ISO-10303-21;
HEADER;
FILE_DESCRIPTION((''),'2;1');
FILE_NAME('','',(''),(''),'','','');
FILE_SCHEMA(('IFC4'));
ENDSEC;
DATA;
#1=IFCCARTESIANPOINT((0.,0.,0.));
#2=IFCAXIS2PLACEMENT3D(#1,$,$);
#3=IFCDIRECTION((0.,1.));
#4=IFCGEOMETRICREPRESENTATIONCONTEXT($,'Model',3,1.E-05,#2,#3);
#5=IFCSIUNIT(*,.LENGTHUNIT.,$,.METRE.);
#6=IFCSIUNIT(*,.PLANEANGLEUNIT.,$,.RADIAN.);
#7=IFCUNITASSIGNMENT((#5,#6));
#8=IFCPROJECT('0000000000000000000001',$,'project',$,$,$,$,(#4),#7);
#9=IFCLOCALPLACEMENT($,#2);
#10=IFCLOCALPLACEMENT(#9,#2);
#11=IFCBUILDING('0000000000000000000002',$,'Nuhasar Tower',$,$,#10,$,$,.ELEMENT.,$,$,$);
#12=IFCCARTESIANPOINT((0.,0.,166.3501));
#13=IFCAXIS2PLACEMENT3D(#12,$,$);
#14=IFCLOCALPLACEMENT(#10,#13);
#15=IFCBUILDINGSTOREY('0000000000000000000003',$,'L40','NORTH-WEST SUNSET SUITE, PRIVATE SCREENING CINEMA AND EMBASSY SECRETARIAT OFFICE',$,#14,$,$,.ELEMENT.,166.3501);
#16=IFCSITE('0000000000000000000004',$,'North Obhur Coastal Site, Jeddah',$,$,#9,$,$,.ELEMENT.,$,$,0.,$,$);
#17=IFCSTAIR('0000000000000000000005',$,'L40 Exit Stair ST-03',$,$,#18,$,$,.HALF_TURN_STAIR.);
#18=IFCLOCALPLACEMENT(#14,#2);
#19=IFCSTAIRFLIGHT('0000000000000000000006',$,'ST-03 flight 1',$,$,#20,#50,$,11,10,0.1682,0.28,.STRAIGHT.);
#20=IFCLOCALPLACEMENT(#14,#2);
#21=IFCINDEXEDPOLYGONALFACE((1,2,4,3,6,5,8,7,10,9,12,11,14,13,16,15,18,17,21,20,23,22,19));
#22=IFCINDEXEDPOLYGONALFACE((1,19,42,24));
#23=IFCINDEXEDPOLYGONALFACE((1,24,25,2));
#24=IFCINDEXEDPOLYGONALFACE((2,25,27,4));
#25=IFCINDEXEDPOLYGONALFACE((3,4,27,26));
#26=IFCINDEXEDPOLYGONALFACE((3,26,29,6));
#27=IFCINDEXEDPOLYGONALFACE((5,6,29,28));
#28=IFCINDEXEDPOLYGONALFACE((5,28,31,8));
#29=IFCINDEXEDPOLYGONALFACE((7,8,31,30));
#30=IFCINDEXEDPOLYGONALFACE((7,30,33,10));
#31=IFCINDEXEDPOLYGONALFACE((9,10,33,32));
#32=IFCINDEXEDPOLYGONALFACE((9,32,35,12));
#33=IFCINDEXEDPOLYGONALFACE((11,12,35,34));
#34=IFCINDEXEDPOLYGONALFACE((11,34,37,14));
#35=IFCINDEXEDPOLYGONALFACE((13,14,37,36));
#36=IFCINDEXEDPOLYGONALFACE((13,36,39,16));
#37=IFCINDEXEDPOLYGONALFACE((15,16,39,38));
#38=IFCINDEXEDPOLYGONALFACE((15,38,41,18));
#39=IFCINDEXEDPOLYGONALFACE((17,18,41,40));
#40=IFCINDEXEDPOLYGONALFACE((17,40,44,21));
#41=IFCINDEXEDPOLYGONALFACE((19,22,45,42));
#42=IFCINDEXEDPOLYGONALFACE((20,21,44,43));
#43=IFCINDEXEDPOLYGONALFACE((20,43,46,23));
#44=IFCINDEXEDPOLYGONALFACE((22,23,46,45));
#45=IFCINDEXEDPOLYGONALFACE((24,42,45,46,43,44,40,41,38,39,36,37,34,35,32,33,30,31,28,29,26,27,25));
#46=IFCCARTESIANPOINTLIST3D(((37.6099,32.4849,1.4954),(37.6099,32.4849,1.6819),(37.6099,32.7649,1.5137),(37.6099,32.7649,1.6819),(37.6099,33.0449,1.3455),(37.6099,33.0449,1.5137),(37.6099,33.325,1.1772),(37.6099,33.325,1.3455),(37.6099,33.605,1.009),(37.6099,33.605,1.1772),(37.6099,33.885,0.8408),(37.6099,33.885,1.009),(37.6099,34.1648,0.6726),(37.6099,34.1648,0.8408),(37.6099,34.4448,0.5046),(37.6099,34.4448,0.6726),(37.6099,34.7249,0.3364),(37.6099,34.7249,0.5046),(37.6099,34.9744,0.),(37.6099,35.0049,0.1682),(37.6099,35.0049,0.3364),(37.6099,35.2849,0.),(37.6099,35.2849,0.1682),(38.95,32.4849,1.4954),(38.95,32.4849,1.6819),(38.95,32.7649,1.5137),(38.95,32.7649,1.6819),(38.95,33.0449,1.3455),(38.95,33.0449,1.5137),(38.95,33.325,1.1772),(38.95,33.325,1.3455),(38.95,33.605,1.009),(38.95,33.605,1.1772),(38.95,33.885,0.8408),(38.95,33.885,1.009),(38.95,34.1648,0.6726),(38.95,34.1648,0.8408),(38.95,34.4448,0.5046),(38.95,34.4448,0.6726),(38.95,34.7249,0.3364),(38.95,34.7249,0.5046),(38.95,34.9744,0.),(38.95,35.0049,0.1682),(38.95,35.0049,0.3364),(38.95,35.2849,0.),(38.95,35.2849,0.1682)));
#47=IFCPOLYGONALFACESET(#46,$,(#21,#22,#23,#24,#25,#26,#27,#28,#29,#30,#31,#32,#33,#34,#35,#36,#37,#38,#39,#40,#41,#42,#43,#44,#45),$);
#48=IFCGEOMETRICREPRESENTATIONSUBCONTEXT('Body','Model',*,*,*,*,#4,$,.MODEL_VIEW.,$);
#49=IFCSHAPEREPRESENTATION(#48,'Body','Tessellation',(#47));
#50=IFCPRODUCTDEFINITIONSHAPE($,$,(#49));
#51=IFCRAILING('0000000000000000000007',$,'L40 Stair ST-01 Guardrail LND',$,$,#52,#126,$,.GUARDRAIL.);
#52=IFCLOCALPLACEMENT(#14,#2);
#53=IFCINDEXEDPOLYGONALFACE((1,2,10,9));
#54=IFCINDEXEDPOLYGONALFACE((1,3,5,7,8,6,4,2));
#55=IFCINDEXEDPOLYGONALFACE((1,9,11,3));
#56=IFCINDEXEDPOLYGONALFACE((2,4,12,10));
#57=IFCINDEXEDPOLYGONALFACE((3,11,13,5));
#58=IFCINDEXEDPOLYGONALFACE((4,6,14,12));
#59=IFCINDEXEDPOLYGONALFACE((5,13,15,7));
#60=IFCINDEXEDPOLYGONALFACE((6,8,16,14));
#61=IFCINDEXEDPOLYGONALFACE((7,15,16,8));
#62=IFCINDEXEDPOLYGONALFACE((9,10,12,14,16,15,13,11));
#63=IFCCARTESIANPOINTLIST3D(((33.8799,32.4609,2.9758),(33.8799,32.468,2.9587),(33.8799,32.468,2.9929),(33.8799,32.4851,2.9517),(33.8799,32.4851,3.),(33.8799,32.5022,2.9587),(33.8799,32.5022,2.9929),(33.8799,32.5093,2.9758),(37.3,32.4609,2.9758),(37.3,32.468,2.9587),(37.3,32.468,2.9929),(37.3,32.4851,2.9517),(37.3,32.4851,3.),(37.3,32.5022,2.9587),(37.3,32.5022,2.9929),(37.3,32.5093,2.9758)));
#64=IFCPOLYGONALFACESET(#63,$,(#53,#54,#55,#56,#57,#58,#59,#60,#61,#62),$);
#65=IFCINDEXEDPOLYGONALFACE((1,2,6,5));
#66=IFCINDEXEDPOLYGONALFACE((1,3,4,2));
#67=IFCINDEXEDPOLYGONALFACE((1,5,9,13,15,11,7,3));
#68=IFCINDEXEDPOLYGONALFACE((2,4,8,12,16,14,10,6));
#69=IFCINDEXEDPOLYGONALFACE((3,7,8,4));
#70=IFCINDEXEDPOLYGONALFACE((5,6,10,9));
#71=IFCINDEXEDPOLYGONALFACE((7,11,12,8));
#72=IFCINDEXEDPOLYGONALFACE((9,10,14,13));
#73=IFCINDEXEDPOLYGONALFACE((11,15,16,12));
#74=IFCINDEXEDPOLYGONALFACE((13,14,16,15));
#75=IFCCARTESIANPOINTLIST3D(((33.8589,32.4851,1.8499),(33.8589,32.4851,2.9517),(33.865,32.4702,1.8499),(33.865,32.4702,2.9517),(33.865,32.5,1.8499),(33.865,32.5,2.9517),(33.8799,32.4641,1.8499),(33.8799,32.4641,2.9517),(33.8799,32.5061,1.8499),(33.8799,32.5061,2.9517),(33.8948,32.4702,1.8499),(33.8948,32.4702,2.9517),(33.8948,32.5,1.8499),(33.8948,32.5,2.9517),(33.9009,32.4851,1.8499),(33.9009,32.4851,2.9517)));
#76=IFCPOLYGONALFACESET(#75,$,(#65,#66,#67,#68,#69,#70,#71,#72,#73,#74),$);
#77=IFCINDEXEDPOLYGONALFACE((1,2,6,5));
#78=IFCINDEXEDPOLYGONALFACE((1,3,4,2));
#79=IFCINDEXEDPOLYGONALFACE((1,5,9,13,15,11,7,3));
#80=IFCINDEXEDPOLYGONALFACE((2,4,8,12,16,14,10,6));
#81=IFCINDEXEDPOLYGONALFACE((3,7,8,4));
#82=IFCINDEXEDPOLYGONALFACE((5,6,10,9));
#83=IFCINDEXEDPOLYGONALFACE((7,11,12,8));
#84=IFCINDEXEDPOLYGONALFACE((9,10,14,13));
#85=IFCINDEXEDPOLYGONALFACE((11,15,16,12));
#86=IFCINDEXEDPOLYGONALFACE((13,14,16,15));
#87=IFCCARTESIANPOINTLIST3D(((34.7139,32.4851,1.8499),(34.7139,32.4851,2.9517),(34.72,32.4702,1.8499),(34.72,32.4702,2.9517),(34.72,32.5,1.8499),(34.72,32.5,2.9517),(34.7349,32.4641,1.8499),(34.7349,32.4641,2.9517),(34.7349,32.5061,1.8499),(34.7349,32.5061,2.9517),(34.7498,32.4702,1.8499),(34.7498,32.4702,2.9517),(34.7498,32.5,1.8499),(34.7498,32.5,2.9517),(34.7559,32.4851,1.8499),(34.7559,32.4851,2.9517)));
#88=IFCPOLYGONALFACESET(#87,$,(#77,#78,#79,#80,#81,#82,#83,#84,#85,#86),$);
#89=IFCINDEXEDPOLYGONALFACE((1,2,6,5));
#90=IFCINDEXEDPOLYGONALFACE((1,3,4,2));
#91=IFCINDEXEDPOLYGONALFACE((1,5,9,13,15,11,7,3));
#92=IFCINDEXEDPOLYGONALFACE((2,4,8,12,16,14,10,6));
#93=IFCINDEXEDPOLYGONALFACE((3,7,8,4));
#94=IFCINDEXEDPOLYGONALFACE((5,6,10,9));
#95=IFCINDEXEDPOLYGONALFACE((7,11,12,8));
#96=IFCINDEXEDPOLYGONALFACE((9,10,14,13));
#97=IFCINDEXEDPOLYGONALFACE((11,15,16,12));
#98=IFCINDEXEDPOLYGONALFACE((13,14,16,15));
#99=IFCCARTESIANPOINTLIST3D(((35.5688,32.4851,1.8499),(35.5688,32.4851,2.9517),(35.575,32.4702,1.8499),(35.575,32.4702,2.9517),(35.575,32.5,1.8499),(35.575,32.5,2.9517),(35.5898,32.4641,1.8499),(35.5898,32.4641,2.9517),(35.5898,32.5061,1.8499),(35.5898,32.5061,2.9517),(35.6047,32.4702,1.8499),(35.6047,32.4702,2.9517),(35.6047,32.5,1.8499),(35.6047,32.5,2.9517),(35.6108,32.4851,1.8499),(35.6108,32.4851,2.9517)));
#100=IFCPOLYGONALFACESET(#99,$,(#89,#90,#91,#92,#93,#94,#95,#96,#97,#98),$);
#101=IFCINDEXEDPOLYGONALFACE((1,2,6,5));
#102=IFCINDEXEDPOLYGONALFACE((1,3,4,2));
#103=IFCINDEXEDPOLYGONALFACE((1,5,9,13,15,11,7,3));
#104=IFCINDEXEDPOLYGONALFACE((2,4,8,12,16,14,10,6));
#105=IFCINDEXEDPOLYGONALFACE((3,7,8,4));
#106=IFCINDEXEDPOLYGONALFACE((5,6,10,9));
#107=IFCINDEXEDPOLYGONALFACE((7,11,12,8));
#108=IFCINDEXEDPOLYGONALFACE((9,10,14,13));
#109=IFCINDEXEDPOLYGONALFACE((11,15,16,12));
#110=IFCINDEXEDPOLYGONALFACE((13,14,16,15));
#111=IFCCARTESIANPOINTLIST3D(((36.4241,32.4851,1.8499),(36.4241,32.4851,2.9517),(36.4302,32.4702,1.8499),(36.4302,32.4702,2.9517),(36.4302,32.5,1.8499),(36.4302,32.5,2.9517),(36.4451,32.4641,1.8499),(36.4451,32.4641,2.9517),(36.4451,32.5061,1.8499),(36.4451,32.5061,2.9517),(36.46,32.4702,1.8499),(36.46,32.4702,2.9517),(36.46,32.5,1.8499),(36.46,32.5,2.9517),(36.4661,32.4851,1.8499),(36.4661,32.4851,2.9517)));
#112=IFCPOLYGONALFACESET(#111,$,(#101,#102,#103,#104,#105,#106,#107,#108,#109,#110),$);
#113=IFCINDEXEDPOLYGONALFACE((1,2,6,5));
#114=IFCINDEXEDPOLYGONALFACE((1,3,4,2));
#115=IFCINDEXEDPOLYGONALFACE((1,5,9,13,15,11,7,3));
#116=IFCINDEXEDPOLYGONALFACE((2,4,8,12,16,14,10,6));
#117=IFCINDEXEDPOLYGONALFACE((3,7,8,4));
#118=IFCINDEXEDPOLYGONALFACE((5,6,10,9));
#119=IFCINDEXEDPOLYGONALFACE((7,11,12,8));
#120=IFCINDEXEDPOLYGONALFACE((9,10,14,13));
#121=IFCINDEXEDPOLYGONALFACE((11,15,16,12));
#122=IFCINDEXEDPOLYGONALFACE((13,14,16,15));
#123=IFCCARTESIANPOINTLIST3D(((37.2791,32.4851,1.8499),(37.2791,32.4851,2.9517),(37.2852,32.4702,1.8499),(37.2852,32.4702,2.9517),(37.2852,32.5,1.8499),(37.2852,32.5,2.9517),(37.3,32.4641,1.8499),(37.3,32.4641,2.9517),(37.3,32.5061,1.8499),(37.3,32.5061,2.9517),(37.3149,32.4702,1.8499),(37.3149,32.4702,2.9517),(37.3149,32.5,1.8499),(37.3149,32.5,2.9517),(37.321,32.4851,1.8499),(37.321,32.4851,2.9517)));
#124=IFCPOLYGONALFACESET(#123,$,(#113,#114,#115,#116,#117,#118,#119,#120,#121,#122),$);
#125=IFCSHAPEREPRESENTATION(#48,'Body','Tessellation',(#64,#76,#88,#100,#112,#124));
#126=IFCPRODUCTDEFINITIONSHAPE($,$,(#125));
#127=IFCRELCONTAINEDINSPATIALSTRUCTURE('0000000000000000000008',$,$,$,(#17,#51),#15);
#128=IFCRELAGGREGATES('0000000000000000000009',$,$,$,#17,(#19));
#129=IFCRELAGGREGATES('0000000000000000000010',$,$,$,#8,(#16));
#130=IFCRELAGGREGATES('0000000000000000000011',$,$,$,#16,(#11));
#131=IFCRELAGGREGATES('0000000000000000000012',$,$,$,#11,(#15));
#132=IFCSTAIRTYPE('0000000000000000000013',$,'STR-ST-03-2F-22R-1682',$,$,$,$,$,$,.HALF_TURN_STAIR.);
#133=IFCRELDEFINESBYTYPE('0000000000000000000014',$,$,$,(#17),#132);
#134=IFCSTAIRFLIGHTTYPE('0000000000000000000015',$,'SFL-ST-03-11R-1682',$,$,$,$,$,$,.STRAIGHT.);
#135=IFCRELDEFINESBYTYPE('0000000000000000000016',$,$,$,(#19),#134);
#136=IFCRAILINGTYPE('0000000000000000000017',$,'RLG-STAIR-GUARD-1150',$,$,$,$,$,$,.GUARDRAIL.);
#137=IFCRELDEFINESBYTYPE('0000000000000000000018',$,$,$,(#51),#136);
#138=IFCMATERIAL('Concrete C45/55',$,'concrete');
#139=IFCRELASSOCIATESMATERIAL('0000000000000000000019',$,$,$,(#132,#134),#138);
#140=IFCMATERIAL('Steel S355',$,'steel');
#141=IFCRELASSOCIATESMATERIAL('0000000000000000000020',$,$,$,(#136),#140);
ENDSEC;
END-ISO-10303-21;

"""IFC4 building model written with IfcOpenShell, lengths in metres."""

from ifc_helpers import new_model, si_unit, direction, frame, origin, place, context, subcontext, project, spatial, polyline, outline, extrude, material, type_object, element, aggregate, save


model = new_model("IFC4")

# Units and contexts
model_context = context("Model", 3, precision=1e-05, world=origin(), true_north=direction((0.0, 1.0)))
body_context = subcontext(model_context, "Body", "Model", "MODEL_VIEW")
ifc_project = project(units=[si_unit("LENGTHUNIT", "METRE"), si_unit("PLANEANGLEUNIT", "RADIAN")], contexts=[model_context])

# Site, building, storey
site_placement = place(None, origin())
site = spatial("IfcSite", under=ifc_project, at=site_placement, Name="North Obhur Coastal Site, Jeddah", CompositionType="ELEMENT", RefElevation=0.0)
building_placement = place(site_placement, origin())
building = spatial("IfcBuilding", under=site, at=building_placement, Name="Nuhasar Tower", CompositionType="ELEMENT")
storey_placement = place(building_placement, frame((0.0, 0.0, 166.3501)))
storey = spatial("IfcBuildingStorey", under=building, at=storey_placement, Name="L40", Description="NORTH-WEST SUNSET SUITE, PRIVATE SCREENING CINEMA AND EMBASSY SECRETARIAT OFFICE", CompositionType="ELEMENT", Elevation=166.3501)

# Shared definitions
ifc_material_1 = material(Name="Steel S355", Category="steel")

# Shared definitions
ifc_material_2 = material(Name="Concrete C45/55", Category="concrete")

# Stair, stair flight
stair_type_1 = type_object("IfcStairType", Name="STR-ST-03-2F-22R-1682", PredefinedType="HALF_TURN_STAIR", material=ifc_material_2)
stair_1_placement = place(storey_placement, origin())
stair_1 = element("IfcStair", 1, at=stair_1_placement, inside=storey, type_object=stair_type_1, Name="L40 Exit Stair ST-03", PredefinedType="HALF_TURN_STAIR")
stair_flight_type_1 = type_object("IfcStairFlightType", Name="SFL-ST-03-11R-1682", PredefinedType="STRAIGHT", material=ifc_material_2)
stair_flight_1_placement = place(storey_placement, frame((38.28, 35.2849, 0.0), z_axis=(0.0, 0.0, 1.0), x_axis=(0.0, -1.0, 0.0)))
stair_flight_1 = element("IfcStairFlight", 2, at=stair_flight_1_placement, type_object=stair_flight_type_1, Name="ST-03 flight 1", NumberOfRisers=11, NumberOfTreads=10, PredefinedType="STRAIGHT", RiserHeight=0.1682, TreadLength=0.28, context=body_context, shape_type="SweptSolid", body=[
    extrude(outline(polyline([(0.0, 0.0), (0.0, 0.1682), (0.28, 0.1682), (0.28, 0.3364), (0.5601, 0.3364), (0.5601, 0.5046), (0.8401, 0.5046), (0.8401, 0.6726), (1.1201, 0.6726), (1.1201, 0.8408), (1.3999, 0.8408), (1.3999, 1.009), (1.6799, 1.009), (1.6799, 1.1772), (1.96, 1.1772), (1.96, 1.3455), (2.24, 1.3455), (2.24, 1.5137), (2.52, 1.5137), (2.52, 1.6819), (2.8, 1.6819), (2.8, 1.8501), (2.8, 1.4954), (0.3105, 0.0), (0.0, 0.0)])), frame((0.0, 0.6699, 0.0), z_axis=(0.0, -1.0, 0.0), x_axis=(1.0, 0.0, 0.0)), (0.0, 0.0, 1.0), 1.3401),
])
aggregate(stair_1, [stair_flight_1])

# Railing
railing_type_1 = type_object("IfcRailingType", Name="RLG-STAIR-GUARD-1150", PredefinedType="GUARDRAIL", material=ifc_material_1)
railing_1_placement = place(storey_placement, frame((33.8799, 32.4851, 1.8499)))
element("IfcRailing", 3, at=railing_1_placement, inside=storey, type_object=railing_type_1, Name="L40 Stair ST-01 Guardrail LND", PredefinedType="GUARDRAIL", context=body_context, shape_type="SweptSolid", body=[
    extrude(outline(polyline([(0.0242, 0.0), (0.0171, 0.0171), (0.0, 0.0242), (-0.0171, 0.0171), (-0.0242, 0.0), (-0.0171, -0.0171), (0.0, -0.0242), (0.0171, -0.0171), (0.0242, 0.0)])), frame((0.0, 0.0, 1.126), z_axis=(1.0, 0.0, 0.0), x_axis=(0.0, 1.0, 0.0)), (0.0, 0.0, 1.0), 3.4202),
    extrude(outline(polyline([(0.021, 0.0), (0.0149, 0.0149), (0.0, 0.021), (-0.0149, 0.0149), (-0.021, 0.0), (-0.0149, -0.0149), (0.0, -0.021), (0.0149, -0.0149), (0.021, 0.0)])), origin(), (0.0, 0.0, 1.0), 1.1018),
    extrude(outline(polyline([(0.021, 0.0), (0.0149, 0.0149), (0.0, 0.021), (-0.0149, 0.0149), (-0.021, 0.0), (-0.0149, -0.0149), (0.0, -0.021), (0.0149, -0.0149), (0.021, 0.0)])), frame((0.855, 0.0, 0.0)), (0.0, 0.0, 1.0), 1.1018),
    extrude(outline(polyline([(0.021, 0.0), (0.0149, 0.0149), (0.0, 0.021), (-0.0149, 0.0149), (-0.021, 0.0), (-0.0149, -0.0149), (0.0, -0.021), (0.0149, -0.0149), (0.021, 0.0)])), frame((1.71, 0.0, 0.0)), (0.0, 0.0, 1.0), 1.1018),
    extrude(outline(polyline([(0.021, 0.0), (0.0149, 0.0149), (0.0, 0.021), (-0.0149, 0.0149), (-0.021, 0.0), (-0.0149, -0.0149), (0.0, -0.021), (0.0149, -0.0149), (0.021, 0.0)])), frame((2.5652, 0.0, 0.0)), (0.0, 0.0, 1.0), 1.1018),
    extrude(outline(polyline([(0.021, 0.0), (0.0149, 0.0149), (0.0, 0.021), (-0.0149, 0.0149), (-0.021, 0.0), (-0.0149, -0.0149), (0.0, -0.021), (0.0149, -0.0149), (0.021, 0.0)])), frame((3.4202, 0.0, 0.0)), (0.0, 0.0, 1.0), 1.1018),
])

save(model, "model.ifc")
